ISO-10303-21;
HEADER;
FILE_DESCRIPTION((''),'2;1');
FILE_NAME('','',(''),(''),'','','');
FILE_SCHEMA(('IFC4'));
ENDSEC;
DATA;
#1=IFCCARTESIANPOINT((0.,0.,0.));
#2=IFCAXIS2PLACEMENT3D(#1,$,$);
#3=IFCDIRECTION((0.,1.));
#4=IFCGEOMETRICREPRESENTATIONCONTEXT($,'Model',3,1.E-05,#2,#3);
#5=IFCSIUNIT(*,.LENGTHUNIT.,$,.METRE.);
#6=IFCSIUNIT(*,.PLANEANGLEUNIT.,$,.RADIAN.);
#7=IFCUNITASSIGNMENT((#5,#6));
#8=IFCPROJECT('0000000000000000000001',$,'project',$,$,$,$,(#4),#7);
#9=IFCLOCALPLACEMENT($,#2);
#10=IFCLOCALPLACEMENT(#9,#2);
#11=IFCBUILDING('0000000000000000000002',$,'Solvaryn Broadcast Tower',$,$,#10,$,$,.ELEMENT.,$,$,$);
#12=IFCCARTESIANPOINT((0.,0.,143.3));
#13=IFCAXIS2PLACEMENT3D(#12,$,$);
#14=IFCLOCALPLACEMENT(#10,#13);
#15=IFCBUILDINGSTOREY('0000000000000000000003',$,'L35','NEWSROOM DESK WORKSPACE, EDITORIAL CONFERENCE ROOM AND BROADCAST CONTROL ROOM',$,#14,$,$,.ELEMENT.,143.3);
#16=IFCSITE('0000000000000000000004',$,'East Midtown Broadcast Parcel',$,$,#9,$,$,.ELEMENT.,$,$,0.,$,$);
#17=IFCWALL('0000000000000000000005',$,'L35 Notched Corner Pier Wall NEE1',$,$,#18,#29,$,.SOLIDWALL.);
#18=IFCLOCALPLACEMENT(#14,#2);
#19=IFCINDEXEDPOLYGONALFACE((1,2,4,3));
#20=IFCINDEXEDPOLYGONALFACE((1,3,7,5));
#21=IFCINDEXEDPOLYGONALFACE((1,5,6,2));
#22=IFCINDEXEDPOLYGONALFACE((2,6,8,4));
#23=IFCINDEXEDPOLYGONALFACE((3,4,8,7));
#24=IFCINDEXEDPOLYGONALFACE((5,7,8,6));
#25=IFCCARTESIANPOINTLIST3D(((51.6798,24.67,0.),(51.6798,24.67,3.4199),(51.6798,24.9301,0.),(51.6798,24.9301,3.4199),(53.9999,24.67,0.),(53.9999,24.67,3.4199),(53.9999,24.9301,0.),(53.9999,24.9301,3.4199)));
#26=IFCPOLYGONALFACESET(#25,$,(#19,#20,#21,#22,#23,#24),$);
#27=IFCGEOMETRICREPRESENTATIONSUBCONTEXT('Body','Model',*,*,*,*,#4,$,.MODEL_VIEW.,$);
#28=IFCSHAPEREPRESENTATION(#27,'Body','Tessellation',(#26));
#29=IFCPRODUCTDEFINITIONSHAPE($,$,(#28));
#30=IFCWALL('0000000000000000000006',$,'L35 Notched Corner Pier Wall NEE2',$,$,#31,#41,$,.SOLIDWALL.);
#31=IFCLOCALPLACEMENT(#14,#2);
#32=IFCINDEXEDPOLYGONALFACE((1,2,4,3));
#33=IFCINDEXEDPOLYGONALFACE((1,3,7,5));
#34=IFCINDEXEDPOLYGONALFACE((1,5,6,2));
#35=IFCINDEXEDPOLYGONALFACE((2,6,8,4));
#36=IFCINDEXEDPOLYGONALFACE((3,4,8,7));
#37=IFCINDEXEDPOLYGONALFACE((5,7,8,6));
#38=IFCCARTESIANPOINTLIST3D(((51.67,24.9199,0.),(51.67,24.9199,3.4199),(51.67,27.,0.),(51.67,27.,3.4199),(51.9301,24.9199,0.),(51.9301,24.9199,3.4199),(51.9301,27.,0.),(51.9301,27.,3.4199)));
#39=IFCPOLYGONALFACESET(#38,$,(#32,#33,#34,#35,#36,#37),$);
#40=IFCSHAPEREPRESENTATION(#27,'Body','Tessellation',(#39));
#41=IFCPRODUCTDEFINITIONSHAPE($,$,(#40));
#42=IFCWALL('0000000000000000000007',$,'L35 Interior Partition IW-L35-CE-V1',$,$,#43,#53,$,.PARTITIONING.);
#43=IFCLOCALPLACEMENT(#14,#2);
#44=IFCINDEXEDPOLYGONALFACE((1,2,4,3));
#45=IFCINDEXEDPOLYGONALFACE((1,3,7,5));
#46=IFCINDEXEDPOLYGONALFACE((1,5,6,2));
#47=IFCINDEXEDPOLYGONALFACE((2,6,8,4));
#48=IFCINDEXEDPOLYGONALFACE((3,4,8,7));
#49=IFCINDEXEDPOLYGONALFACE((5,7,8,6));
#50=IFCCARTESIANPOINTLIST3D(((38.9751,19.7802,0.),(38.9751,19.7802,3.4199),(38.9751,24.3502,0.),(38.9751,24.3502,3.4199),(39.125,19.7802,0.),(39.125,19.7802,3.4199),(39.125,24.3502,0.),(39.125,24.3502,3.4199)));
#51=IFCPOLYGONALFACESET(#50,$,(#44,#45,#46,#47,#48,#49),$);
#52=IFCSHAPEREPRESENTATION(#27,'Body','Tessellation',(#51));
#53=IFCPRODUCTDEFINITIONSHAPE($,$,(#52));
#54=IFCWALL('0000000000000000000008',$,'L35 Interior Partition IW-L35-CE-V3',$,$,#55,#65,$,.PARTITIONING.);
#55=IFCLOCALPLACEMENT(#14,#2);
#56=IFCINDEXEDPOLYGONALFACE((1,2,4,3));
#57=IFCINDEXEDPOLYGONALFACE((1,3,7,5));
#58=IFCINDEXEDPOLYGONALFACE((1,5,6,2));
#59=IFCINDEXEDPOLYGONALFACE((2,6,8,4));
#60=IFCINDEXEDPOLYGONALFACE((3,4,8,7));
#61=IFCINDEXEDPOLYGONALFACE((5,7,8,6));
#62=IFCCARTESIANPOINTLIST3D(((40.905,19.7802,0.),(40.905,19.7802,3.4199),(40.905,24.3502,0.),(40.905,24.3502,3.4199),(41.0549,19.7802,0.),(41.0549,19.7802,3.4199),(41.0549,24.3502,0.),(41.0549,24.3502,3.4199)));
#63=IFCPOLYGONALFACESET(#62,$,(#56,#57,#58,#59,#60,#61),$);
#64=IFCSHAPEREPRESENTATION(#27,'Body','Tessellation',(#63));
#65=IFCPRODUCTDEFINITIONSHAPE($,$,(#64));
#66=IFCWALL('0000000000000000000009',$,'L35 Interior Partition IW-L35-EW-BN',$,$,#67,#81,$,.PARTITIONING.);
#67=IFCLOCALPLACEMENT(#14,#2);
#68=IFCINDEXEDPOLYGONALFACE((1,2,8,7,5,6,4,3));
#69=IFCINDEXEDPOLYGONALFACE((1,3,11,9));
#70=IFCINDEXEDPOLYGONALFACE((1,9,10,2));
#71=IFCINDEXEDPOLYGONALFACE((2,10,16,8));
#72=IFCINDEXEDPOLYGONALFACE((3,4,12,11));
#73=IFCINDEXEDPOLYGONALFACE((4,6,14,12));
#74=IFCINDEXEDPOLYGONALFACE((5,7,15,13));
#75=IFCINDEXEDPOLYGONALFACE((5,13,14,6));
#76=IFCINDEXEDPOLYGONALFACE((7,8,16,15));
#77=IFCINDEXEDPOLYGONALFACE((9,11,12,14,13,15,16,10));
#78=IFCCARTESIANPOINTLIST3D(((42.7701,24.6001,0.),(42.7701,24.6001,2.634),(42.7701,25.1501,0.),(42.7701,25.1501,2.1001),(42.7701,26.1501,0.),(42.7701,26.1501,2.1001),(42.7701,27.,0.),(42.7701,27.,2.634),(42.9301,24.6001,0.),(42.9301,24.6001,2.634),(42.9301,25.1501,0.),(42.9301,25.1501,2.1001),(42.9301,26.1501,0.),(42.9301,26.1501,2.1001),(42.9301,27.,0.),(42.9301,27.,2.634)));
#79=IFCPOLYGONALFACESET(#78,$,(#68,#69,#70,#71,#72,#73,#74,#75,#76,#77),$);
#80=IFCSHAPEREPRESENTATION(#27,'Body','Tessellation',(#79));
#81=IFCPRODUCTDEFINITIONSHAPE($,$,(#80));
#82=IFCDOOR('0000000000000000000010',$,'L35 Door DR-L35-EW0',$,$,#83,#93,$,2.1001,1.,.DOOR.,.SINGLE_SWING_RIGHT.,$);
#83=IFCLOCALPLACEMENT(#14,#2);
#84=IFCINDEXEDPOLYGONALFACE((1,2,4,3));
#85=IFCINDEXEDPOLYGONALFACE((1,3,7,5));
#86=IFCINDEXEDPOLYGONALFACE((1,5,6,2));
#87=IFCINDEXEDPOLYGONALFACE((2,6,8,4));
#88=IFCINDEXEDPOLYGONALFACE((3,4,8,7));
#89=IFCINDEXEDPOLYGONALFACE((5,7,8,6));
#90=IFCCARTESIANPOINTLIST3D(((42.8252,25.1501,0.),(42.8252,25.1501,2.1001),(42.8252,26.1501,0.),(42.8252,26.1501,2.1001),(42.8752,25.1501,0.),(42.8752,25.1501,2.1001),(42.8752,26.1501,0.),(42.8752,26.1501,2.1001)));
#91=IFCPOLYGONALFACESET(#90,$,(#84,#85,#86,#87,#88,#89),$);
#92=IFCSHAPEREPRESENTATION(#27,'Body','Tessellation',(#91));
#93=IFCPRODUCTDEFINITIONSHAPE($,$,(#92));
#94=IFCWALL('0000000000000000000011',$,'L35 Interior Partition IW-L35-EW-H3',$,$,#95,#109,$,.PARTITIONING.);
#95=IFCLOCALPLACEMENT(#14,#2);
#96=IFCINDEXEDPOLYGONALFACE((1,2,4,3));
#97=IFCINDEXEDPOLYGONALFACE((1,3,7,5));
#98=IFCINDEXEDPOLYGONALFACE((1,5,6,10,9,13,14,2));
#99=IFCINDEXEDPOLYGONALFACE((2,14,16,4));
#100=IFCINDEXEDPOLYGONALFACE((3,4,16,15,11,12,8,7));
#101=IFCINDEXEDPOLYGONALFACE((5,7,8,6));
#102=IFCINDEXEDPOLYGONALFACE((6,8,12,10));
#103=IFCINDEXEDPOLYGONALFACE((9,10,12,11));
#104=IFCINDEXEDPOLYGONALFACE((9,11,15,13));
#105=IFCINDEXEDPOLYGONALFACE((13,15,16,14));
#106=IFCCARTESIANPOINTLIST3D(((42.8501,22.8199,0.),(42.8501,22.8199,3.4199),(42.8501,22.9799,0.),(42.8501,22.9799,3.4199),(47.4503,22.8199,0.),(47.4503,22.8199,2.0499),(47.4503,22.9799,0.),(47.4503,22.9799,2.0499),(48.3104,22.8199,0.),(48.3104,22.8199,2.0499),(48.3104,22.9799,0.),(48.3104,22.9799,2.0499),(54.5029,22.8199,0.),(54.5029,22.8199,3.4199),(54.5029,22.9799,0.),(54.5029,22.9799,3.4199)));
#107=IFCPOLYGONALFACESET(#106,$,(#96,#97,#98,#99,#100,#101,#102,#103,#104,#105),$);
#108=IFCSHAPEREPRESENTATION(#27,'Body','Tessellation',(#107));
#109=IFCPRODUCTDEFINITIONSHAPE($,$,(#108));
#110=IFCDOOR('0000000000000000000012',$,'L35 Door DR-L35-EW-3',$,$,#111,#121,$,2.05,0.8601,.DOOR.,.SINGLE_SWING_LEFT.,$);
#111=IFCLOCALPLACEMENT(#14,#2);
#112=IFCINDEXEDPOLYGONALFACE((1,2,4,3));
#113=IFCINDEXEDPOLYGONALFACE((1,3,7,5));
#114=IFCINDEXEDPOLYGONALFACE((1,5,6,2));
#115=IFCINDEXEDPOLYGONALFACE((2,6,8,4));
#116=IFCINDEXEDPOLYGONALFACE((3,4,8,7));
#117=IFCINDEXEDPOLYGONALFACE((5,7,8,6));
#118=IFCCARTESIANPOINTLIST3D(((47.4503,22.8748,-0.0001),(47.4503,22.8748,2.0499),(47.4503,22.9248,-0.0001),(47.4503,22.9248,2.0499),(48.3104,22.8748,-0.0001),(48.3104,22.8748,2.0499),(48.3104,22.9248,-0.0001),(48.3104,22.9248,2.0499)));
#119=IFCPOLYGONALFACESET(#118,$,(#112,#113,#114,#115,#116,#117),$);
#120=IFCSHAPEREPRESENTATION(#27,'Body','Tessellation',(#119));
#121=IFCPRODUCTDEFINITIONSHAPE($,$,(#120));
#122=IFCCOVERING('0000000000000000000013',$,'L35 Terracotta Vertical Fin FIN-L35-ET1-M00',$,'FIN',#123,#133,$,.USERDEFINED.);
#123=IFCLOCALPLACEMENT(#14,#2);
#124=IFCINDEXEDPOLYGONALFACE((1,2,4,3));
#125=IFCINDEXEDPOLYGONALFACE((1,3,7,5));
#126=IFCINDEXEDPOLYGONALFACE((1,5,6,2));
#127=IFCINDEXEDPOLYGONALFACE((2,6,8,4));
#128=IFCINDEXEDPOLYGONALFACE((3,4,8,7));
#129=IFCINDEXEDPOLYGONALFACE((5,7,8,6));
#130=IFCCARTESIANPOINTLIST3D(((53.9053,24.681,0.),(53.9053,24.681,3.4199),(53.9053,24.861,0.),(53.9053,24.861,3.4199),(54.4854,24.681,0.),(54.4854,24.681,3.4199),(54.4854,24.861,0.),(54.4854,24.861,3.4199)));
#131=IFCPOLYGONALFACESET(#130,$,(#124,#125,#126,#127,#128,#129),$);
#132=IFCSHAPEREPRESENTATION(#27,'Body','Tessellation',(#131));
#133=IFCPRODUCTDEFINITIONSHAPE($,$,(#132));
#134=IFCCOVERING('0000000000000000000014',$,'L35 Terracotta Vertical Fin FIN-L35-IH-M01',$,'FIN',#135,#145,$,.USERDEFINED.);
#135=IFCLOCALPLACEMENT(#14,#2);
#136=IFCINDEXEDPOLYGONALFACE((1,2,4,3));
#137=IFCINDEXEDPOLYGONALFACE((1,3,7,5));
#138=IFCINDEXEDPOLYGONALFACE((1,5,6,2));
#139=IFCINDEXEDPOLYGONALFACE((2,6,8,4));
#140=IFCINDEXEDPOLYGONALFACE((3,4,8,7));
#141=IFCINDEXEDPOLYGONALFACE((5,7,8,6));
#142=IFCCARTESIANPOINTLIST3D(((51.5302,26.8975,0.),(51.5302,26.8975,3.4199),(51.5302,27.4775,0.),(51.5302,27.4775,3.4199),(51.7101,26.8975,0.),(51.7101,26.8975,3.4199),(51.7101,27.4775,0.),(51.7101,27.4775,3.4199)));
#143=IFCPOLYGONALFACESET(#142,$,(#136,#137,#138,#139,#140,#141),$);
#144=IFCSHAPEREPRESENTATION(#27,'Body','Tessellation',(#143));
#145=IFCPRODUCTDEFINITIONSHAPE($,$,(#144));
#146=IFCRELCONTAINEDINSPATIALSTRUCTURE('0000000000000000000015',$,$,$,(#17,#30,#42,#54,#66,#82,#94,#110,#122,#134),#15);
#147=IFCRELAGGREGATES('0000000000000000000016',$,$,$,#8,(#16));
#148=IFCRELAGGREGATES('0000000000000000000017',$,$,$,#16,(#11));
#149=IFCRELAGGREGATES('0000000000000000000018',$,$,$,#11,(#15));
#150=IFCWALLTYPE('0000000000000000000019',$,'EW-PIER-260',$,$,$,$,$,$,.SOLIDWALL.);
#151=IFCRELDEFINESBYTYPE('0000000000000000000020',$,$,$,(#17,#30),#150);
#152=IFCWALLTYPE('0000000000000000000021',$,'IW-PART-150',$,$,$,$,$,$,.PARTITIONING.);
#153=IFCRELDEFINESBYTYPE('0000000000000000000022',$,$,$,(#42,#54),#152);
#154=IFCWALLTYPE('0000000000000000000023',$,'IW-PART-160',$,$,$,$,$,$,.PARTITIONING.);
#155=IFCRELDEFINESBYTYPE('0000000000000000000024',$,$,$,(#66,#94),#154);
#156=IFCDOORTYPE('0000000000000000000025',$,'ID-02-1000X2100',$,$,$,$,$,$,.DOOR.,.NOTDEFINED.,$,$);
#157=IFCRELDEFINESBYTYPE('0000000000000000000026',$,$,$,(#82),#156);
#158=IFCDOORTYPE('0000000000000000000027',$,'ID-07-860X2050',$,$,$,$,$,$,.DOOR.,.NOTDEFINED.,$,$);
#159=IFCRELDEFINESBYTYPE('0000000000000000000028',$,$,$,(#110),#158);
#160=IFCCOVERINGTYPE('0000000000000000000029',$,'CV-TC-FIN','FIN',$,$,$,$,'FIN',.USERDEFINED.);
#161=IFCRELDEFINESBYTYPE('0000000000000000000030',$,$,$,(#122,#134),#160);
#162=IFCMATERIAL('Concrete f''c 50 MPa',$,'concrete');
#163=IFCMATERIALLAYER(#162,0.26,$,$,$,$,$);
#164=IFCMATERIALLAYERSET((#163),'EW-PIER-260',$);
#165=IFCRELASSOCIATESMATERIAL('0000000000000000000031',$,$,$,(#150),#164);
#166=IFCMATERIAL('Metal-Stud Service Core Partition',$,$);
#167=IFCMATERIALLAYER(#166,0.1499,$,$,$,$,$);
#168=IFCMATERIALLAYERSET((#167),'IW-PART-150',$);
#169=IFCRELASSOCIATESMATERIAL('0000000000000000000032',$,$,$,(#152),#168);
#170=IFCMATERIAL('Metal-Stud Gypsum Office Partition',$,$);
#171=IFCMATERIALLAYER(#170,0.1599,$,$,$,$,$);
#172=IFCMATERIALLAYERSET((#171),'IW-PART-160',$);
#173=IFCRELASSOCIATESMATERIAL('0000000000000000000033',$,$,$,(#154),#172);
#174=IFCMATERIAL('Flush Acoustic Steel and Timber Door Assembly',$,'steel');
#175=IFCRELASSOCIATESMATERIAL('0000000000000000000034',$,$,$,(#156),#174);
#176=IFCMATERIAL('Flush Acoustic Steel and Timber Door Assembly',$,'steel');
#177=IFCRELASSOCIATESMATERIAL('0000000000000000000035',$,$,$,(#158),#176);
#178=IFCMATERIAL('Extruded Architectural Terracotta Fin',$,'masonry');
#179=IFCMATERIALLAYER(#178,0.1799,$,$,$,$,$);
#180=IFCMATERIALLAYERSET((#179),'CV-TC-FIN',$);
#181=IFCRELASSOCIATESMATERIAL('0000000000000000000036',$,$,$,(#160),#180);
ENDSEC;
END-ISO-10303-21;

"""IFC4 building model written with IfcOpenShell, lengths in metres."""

from ifc_helpers import new_model, si_unit, direction, frame, frame_2d, origin, origin_2d, place, context, subcontext, project, spatial, rectangle, extrude, material, layer, layer_set, type_object, element, fill, save


model = new_model("IFC4")

# Units and contexts
model_context = context("Model", 3, precision=1e-05, world=origin(), true_north=direction((0.0, 1.0)))
body_context = subcontext(model_context, "Body", "Model", "MODEL_VIEW")
ifc_project = project(units=[si_unit("LENGTHUNIT", "METRE"), si_unit("PLANEANGLEUNIT", "RADIAN")], contexts=[model_context])

# Site, building, storey
site_placement = place(None, origin())
site = spatial("IfcSite", under=ifc_project, at=site_placement, Name="East Midtown Broadcast Parcel", CompositionType="ELEMENT", RefElevation=0.0)
building_placement = place(site_placement, origin())
building = spatial("IfcBuilding", under=site, at=building_placement, Name="Solvaryn Broadcast Tower", CompositionType="ELEMENT")
storey_placement = place(building_placement, frame((0.0, 0.0, 143.3)))
storey = spatial("IfcBuildingStorey", under=building, at=storey_placement, Name="L35", Description="NEWSROOM DESK WORKSPACE, EDITORIAL CONFERENCE ROOM AND BROADCAST CONTROL ROOM", CompositionType="ELEMENT", Elevation=143.3)

# Walls
ifc_material_1 = material(Name="Concrete f'c 50 MPa", Category="concrete")
ifc_layer_1 = layer(ifc_material_1, 0.26)
ifc_layer_set_1 = layer_set([ifc_layer_1], Name="EW-PIER-260")
wall_type_1 = type_object("IfcWallType", Name="EW-PIER-260", PredefinedType="SOLIDWALL", material=ifc_layer_set_1)
wall_1_placement = place(storey_placement, frame((54.0, 24.8, 0.0), z_axis=(0.0, 0.0, 1.0), x_axis=(-1.0, 0.0, 0.0)))
element("IfcWall", 1, at=wall_1_placement, inside=storey, type_object=wall_type_1, Name="L35 Notched Corner Pier Wall NEE1", PredefinedType="SOLIDWALL", context=body_context, shape_type="SweptSolid", body=[
    extrude(rectangle(XDim=2.3201, YDim=0.26, at=frame_2d((1.1602, 0.0))), origin(), (0.0, 0.0, 1.0), 3.4199),
])
wall_2_placement = place(storey_placement, frame((51.8, 24.9199, 0.0), z_axis=(0.0, 0.0, 1.0), x_axis=(0.0, 1.0, 0.0)))
element("IfcWall", 2, at=wall_2_placement, inside=storey, type_object=wall_type_1, Name="L35 Notched Corner Pier Wall NEE2", PredefinedType="SOLIDWALL", context=body_context, shape_type="SweptSolid", body=[
    extrude(rectangle(XDim=2.0801, YDim=0.26, at=frame_2d((1.04, 0.0))), origin(), (0.0, 0.0, 1.0), 3.4199),
])
ifc_material_2 = material(Name="Metal-Stud Service Core Partition")
ifc_layer_2 = layer(ifc_material_2, 0.1499)
ifc_layer_set_2 = layer_set([ifc_layer_2], Name="IW-PART-150")
wall_type_2 = type_object("IfcWallType", Name="IW-PART-150", PredefinedType="PARTITIONING", material=ifc_layer_set_2)
for number, where, z_axis, x_axis, name in (
    (3, (39.05, 19.78, 0.0), (0.0, 0.0, 1.0), (0.0, 1.0, 0.0), "L35 Interior Partition IW-L35-CE-V1"),
    (4, (40.98, 19.78, 0.0), (0.0, 0.0, 1.0), (0.0, 1.0, 0.0), "L35 Interior Partition IW-L35-CE-V3"),
):
    element("IfcWall", number, at=place(storey_placement, frame(where, z_axis=z_axis, x_axis=x_axis)), inside=storey, type_object=wall_type_2, Name=name, PredefinedType="PARTITIONING", context=body_context, shape_type="SweptSolid", body=[
        extrude(rectangle(XDim=4.5701, YDim=0.1499, at=frame_2d((2.2852, 0.0))), origin(), (0.0, 0.0, 1.0), 3.4199),
    ])

# Walls, openings, doors
ifc_material_3 = material(Name="Metal-Stud Gypsum Office Partition")
ifc_layer_3 = layer(ifc_material_3, 0.1599)
ifc_layer_set_3 = layer_set([ifc_layer_3], Name="IW-PART-160")
wall_type_3 = type_object("IfcWallType", Name="IW-PART-160", PredefinedType="PARTITIONING", material=ifc_layer_set_3)
wall_3_placement = place(storey_placement, frame((42.8501, 24.6001, 0.0), z_axis=(0.0, 0.0, 1.0), x_axis=(0.0, 1.0, 0.0)))
wall_3 = element("IfcWall", 5, at=wall_3_placement, inside=storey, type_object=wall_type_3, Name="L35 Interior Partition IW-L35-EW-BN", PredefinedType="PARTITIONING", context=body_context, shape_type="SweptSolid", body=[
    extrude(rectangle(XDim=2.3999, YDim=0.1599, at=frame_2d((1.2, 0.0))), origin(), (0.0, 0.0, 1.0), 2.634),
])
opening_1_placement = place(wall_3_placement, frame((0.55, 0.0, 0.0)))
opening_1 = element("IfcOpeningElement", 6, at=opening_1_placement, cuts=wall_3, PredefinedType="OPENING", context=body_context, shape_type="SweptSolid", body=[
    extrude(rectangle(XDim=1.0, YDim=2.1001, at=frame_2d((0.5, 1.05))), frame((0.0, 0.0901, 0.0), z_axis=(0.0, -1.0, 0.0), x_axis=(1.0, 0.0, 0.0)), (0.0, 0.0, 1.0), 0.1799),
])
ifc_material_4 = material(Name="Flush Acoustic Steel and Timber Door Assembly", Category="steel")
door_type_1 = type_object("IfcDoorType", Name="ID-02-1000X2100", OperationType="NOTDEFINED", PredefinedType="DOOR", material=ifc_material_4)
door_1_placement = place(opening_1_placement, origin())
door_1 = element("IfcDoor", 7, at=door_1_placement, inside=storey, type_object=door_type_1, Name="L35 Door DR-L35-EW0", OperationType="SINGLE_SWING_RIGHT", OverallHeight=2.1001, OverallWidth=1.0, PredefinedType="DOOR", context=body_context, shape_type="SweptSolid", body=[
    extrude(rectangle(XDim=1.0, YDim=2.1001, at=frame_2d((0.5, 1.05))), frame((0.0, 0.0249, 0.0), z_axis=(0.0, -1.0, 0.0), x_axis=(1.0, 0.0, 0.0)), (0.0, 0.0, 1.0), 0.05),
])
fill(opening_1, door_1)
wall_4_placement = place(storey_placement, frame((42.8501, 22.8999, 0.0), z_axis=(0.0, 0.0, 1.0), x_axis=(1.0, 0.0, 0.0)))
wall_4 = element("IfcWall", 8, at=wall_4_placement, inside=storey, type_object=wall_type_3, Name="L35 Interior Partition IW-L35-EW-H3", PredefinedType="PARTITIONING", context=body_context, shape_type="SweptSolid", body=[
    extrude(rectangle(XDim=11.6528, YDim=0.1599, at=frame_2d((5.8264, 0.0))), origin(), (0.0, 0.0, 1.0), 3.4199),
])
opening_2_placement = place(wall_4_placement, frame((4.6001, 0.0, 0.0)))
opening_2 = element("IfcOpeningElement", 9, at=opening_2_placement, cuts=wall_4, PredefinedType="OPENING", context=body_context, shape_type="SweptSolid", body=[
    extrude(rectangle(XDim=0.8601, YDim=2.05, at=frame_2d((0.4302, 1.0249))), frame((0.0, 0.0901, 0.0), z_axis=(0.0, -1.0, 0.0), x_axis=(1.0, 0.0, 0.0)), (0.0, 0.0, 1.0), 0.1799),
])
ifc_material_5 = material(Name="Flush Acoustic Steel and Timber Door Assembly", Category="steel")
door_type_2 = type_object("IfcDoorType", Name="ID-07-860X2050", OperationType="NOTDEFINED", PredefinedType="DOOR", material=ifc_material_5)
door_2_placement = place(opening_2_placement, origin())
door_2 = element("IfcDoor", 10, at=door_2_placement, inside=storey, type_object=door_type_2, Name="L35 Door DR-L35-EW-3", OperationType="SINGLE_SWING_LEFT", OverallHeight=2.05, OverallWidth=0.8601, PredefinedType="DOOR", context=body_context, shape_type="SweptSolid", body=[
    extrude(rectangle(XDim=0.8601, YDim=2.05, at=frame_2d((0.4302, 1.0249))), frame((0.0, 0.0249, 0.0), z_axis=(0.0, -1.0, 0.0), x_axis=(1.0, 0.0, 0.0)), (0.0, 0.0, 1.0), 0.05),
])
fill(opening_2, door_2)

# Coverings
ifc_material_6 = material(Name="Extruded Architectural Terracotta Fin", Category="masonry")
ifc_layer_4 = layer(ifc_material_6, 0.1799)
ifc_layer_set_4 = layer_set([ifc_layer_4], Name="CV-TC-FIN")
covering_type = type_object("IfcCoveringType", Name="CV-TC-FIN", Description="FIN", ElementType="FIN", PredefinedType="USERDEFINED", material=ifc_layer_set_4)
covering_1_placement = place(storey_placement, frame((54.1953, 24.771, 0.0), z_axis=(0.0, 0.0, 1.0), x_axis=(1.0, 0.0, 0.0)))
element("IfcCovering", 11, at=covering_1_placement, inside=storey, type_object=covering_type, Name="L35 Terracotta Vertical Fin FIN-L35-ET1-M00", ObjectType="FIN", PredefinedType="USERDEFINED", context=body_context, shape_type="SweptSolid", body=[
    extrude(rectangle(XDim=0.5801, YDim=0.1799, at=origin_2d()), origin(), (0.0, 0.0, 1.0), 3.4199),
])
covering_2_placement = place(storey_placement, frame((51.6201, 27.1875, 0.0), z_axis=(0.0, 0.0, 1.0), x_axis=(1.0, 0.0, 0.0)))
element("IfcCovering", 12, at=covering_2_placement, inside=storey, type_object=covering_type, Name="L35 Terracotta Vertical Fin FIN-L35-IH-M01", ObjectType="FIN", PredefinedType="USERDEFINED", context=body_context, shape_type="SweptSolid", body=[
    extrude(rectangle(XDim=0.1799, YDim=0.5801, at=origin_2d()), origin(), (0.0, 0.0, 1.0), 3.4199),
])

save(model, "model.ifc")
